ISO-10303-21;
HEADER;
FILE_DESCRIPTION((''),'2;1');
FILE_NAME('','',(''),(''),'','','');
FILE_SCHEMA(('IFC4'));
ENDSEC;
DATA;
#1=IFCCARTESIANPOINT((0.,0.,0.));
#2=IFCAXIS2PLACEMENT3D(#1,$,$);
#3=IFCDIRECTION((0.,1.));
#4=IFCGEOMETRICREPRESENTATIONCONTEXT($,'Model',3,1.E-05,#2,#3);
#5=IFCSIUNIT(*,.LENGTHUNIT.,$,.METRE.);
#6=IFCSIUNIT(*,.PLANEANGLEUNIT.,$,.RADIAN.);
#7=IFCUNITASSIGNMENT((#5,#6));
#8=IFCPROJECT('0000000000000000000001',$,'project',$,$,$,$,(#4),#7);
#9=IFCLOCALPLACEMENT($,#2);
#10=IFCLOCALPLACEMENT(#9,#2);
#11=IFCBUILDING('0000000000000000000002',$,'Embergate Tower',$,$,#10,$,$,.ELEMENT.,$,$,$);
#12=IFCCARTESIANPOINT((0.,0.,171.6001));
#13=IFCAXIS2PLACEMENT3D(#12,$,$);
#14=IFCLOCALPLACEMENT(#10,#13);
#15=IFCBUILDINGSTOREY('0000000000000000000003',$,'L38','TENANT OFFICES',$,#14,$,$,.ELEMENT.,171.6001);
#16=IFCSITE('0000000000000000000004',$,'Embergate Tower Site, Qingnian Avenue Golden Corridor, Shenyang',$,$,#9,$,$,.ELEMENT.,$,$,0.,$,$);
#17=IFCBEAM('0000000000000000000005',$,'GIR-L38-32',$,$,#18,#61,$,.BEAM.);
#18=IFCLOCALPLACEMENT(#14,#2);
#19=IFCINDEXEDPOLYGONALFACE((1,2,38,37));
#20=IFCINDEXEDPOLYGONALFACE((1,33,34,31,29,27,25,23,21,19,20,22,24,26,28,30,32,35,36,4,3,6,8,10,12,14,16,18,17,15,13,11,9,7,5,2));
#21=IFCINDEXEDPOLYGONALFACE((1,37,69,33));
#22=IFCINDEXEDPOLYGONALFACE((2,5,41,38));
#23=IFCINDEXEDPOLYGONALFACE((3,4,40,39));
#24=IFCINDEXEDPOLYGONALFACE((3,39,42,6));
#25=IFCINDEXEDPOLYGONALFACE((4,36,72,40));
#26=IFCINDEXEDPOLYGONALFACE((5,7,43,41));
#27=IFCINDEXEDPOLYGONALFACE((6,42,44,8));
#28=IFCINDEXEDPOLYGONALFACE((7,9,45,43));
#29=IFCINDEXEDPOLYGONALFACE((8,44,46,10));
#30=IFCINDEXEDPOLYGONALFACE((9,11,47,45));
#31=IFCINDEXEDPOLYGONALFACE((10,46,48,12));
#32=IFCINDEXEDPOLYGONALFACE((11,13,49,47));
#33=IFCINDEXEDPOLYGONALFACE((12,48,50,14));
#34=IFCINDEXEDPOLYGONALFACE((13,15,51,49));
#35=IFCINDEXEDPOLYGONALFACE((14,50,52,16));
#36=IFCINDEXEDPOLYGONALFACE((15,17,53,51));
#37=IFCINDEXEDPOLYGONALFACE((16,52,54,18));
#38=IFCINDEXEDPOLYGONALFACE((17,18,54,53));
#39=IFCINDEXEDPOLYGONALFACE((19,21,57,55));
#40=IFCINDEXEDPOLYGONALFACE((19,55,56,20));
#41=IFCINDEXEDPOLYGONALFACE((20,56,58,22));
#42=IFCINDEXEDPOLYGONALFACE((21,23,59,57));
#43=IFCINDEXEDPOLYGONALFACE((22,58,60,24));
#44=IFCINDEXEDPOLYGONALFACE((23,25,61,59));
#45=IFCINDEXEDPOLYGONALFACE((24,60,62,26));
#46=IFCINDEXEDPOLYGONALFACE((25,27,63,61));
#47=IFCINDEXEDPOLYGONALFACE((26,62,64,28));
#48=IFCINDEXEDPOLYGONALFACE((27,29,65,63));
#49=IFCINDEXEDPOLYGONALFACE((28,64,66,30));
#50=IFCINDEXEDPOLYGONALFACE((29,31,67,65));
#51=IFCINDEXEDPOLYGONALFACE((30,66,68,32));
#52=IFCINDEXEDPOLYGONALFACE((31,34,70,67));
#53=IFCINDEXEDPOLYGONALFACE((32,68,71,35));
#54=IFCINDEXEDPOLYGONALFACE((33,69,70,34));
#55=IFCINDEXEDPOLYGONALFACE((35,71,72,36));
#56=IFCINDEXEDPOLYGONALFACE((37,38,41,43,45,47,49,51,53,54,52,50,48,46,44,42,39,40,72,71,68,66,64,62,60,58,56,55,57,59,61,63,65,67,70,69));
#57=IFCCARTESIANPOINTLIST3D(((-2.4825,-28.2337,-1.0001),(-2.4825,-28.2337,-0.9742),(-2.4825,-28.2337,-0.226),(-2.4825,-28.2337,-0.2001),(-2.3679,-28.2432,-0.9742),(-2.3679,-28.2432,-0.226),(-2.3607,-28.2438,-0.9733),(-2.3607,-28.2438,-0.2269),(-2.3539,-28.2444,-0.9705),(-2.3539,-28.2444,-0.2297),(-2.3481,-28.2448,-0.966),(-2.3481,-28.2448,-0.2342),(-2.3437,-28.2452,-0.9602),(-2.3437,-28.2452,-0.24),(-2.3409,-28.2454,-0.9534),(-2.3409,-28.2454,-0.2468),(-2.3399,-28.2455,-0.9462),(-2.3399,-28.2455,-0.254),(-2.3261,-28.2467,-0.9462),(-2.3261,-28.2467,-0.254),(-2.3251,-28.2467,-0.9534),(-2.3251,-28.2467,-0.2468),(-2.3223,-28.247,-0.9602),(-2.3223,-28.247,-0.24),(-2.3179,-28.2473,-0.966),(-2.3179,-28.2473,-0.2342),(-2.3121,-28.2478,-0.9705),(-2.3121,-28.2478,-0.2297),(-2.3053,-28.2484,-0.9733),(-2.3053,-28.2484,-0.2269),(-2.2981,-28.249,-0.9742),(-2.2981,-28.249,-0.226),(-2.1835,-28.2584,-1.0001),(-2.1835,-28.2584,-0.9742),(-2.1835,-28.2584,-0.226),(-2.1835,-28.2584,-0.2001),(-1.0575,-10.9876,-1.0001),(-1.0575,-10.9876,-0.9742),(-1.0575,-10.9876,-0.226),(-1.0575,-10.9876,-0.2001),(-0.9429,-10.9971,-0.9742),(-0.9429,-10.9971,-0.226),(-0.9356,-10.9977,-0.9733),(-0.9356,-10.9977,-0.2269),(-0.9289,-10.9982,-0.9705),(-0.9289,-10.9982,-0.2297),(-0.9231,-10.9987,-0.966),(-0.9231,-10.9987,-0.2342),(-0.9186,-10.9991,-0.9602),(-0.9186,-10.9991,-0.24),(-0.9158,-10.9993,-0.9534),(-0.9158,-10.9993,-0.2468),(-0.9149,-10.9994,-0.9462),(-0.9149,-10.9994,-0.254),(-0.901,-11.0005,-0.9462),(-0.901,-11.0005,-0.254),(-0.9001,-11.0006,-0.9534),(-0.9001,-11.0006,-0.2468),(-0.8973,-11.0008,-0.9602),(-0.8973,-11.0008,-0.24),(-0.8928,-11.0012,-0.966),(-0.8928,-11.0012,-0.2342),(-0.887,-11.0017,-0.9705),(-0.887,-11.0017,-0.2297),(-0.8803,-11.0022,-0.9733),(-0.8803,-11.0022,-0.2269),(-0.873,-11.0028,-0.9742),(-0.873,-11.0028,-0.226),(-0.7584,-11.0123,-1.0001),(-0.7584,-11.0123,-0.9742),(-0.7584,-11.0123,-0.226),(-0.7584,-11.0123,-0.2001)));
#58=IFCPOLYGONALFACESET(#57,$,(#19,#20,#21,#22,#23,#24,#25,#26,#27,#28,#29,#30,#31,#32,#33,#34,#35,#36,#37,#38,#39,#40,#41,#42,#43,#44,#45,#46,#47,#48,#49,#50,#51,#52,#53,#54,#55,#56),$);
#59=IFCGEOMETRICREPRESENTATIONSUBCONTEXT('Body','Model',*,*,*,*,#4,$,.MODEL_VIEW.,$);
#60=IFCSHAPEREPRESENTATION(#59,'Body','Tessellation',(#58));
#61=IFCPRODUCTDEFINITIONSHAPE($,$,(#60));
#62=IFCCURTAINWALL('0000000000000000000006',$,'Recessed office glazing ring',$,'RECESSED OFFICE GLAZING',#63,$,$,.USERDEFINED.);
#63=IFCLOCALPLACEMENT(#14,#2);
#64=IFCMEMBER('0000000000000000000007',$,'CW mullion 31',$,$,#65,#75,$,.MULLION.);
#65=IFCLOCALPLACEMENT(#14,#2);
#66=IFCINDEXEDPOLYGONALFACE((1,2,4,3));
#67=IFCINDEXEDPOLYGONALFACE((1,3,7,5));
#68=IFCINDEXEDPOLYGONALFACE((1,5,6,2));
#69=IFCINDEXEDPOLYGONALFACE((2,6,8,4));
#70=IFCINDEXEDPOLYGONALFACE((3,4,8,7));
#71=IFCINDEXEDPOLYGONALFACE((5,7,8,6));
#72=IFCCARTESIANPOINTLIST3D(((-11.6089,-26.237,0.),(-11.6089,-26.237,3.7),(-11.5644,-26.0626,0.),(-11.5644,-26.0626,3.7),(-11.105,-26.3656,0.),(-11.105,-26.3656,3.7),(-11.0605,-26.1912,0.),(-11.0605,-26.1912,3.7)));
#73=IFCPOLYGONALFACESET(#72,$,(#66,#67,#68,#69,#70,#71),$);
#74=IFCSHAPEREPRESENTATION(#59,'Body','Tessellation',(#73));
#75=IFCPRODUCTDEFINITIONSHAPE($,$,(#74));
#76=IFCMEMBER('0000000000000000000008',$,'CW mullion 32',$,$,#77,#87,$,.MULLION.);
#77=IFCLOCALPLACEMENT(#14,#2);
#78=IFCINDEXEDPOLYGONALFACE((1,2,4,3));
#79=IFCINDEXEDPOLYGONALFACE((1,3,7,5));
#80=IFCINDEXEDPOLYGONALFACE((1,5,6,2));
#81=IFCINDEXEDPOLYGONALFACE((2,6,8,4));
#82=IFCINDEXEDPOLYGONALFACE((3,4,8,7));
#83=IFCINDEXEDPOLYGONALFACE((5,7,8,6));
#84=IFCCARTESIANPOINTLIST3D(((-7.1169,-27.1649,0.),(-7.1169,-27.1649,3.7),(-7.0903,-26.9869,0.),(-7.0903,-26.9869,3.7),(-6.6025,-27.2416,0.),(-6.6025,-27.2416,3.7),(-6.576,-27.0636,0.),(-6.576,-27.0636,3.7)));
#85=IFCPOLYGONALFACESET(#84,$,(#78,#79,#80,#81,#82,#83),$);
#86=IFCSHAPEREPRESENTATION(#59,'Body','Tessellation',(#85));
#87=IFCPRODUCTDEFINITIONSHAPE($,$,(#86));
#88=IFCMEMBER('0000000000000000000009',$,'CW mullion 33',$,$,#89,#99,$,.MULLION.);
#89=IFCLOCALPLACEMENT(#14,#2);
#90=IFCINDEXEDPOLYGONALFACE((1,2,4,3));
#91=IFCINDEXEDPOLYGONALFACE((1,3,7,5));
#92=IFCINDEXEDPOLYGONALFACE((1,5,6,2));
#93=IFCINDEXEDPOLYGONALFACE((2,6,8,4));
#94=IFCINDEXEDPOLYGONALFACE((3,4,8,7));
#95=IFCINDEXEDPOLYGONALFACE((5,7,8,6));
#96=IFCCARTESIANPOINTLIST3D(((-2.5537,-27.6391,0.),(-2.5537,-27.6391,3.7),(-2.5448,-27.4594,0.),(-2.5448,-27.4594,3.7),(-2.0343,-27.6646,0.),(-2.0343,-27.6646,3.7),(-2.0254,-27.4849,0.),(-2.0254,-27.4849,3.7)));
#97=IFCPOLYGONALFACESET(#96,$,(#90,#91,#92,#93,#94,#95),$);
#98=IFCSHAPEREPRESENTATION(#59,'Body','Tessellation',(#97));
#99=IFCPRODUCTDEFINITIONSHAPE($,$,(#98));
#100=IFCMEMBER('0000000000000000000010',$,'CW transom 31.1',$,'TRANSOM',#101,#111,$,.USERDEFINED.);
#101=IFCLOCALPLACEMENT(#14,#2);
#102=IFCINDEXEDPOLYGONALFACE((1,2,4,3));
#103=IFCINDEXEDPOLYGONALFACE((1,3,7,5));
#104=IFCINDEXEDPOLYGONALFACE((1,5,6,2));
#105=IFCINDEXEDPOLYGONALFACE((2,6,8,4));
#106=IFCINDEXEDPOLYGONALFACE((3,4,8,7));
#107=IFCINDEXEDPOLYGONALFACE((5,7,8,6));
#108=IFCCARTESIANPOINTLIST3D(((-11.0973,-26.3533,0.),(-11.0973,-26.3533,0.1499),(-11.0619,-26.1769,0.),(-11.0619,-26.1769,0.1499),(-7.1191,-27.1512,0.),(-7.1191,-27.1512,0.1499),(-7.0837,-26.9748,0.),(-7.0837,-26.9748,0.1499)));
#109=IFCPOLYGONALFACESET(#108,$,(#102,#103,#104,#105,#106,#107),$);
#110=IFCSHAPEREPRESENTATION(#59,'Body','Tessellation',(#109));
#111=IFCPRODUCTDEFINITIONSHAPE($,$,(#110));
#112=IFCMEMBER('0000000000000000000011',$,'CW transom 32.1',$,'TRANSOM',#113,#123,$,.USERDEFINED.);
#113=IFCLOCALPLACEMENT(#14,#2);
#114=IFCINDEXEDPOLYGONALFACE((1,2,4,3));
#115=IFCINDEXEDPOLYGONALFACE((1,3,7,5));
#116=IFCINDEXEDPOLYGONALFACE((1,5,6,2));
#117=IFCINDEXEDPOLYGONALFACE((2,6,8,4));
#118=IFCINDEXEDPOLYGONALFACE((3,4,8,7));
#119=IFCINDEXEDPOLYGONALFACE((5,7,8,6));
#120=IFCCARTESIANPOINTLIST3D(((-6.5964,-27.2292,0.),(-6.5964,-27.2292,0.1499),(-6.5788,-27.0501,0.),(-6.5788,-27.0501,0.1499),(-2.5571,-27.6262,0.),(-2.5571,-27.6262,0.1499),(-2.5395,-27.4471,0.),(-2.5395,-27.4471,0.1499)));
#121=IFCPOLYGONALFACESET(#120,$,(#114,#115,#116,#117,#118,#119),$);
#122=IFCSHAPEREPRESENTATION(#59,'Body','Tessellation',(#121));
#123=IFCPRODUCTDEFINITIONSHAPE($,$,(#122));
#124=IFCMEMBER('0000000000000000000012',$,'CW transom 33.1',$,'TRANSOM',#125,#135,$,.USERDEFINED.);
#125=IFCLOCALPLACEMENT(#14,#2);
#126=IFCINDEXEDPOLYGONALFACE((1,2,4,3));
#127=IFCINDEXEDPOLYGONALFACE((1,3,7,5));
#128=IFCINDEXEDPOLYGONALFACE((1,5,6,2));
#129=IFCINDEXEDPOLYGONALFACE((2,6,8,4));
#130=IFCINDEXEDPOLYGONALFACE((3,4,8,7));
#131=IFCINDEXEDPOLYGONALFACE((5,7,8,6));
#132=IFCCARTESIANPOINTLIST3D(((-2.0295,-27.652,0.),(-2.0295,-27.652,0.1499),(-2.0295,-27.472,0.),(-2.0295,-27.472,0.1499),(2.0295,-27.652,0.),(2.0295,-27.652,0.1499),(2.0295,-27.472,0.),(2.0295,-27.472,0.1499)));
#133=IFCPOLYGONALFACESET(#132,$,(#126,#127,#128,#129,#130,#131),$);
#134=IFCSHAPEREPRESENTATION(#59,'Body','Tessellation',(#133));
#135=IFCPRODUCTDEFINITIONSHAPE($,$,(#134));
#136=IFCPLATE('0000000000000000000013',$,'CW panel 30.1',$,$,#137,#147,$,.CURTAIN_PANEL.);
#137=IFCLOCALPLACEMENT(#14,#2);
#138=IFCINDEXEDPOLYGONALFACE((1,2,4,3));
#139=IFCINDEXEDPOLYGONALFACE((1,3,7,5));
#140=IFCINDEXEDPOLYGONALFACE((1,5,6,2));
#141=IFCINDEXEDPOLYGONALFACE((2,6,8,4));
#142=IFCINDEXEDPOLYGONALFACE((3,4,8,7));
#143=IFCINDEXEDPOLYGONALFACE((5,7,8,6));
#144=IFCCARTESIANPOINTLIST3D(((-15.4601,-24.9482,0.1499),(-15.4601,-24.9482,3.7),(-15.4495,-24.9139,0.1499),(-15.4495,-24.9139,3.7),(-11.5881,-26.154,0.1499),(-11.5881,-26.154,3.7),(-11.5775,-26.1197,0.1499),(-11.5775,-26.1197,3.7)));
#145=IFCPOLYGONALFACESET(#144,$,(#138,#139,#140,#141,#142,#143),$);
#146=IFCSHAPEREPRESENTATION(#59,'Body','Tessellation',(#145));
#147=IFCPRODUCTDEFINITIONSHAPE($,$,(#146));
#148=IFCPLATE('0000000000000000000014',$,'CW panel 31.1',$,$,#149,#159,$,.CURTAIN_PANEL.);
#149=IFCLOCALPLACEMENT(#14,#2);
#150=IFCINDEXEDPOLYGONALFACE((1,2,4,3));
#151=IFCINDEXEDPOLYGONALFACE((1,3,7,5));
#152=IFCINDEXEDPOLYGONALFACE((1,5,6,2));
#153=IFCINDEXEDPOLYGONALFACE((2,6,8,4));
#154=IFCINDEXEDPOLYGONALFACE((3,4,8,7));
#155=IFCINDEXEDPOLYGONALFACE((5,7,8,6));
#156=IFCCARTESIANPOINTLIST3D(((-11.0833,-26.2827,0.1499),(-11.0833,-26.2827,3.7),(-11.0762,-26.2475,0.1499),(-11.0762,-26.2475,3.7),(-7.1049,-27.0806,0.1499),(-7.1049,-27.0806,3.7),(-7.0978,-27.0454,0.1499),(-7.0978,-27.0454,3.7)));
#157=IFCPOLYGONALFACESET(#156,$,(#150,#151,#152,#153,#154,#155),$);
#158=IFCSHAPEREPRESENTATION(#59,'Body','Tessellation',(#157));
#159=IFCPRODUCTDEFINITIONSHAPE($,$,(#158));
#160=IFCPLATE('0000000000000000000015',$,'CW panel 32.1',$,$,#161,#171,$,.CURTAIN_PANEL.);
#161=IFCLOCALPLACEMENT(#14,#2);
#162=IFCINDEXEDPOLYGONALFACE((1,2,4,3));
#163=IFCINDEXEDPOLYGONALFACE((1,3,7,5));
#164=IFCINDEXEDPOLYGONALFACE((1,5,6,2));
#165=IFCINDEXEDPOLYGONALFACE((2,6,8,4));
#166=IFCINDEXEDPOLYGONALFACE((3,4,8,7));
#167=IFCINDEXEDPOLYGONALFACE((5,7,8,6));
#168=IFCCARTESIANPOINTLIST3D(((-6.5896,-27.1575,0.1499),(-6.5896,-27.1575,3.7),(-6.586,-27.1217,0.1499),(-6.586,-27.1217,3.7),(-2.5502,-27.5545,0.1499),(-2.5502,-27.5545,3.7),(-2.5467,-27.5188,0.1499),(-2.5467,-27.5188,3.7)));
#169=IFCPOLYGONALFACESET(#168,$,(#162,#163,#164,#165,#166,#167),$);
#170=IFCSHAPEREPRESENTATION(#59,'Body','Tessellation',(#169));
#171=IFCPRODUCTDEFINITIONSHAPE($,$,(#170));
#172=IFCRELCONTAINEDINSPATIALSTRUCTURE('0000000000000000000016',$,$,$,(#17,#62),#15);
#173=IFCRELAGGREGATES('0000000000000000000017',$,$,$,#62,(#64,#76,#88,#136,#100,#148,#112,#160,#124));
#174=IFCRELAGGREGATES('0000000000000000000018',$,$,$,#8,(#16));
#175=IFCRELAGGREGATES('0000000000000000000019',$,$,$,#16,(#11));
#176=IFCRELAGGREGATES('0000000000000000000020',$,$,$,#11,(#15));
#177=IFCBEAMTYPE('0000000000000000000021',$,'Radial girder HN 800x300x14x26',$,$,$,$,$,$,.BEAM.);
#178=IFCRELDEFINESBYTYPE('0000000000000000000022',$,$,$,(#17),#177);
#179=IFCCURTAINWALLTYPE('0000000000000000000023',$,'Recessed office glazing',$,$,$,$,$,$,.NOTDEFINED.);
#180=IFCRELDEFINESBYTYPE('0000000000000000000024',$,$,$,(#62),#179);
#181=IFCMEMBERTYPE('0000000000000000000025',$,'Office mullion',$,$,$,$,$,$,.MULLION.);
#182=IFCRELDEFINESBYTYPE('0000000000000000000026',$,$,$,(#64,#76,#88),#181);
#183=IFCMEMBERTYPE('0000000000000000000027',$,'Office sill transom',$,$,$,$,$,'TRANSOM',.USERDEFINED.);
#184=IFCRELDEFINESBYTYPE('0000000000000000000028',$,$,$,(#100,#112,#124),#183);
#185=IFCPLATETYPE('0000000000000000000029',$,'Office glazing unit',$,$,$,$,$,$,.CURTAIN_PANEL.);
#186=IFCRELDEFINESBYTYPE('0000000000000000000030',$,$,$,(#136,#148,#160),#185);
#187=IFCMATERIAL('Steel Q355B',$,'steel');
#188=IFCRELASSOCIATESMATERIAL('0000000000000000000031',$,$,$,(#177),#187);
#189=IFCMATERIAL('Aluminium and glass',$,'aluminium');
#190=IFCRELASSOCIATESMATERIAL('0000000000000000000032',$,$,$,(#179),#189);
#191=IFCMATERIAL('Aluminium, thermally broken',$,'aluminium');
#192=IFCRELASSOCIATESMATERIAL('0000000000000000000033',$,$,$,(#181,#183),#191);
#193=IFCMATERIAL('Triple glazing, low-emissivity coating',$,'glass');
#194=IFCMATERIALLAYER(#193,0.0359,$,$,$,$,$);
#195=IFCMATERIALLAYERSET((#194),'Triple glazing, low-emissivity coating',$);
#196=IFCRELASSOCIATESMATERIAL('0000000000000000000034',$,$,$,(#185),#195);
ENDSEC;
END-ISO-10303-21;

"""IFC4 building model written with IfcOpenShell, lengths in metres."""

from ifc_helpers import new_model, si_unit, direction, frame, origin, origin_2d, place, context, subcontext, project, spatial, rectangle, i_section, extrude, source, transform, mapped, material, layer, layer_set, material_profile, profile_set, type_object, element, aggregate, save


model = new_model("IFC4")

# Units and contexts
model_context = context("Model", 3, precision=1e-05, world=origin(), true_north=direction((0.0, 1.0)))
body_context = subcontext(model_context, "Body", "Model", "MODEL_VIEW")
ifc_project = project(units=[si_unit("LENGTHUNIT", "METRE"), si_unit("PLANEANGLEUNIT", "RADIAN")], contexts=[model_context])

# Site, building, storey
site_placement = place(None, origin())
site = spatial("IfcSite", under=ifc_project, at=site_placement, Name="Embergate Tower Site, Qingnian Avenue Golden Corridor, Shenyang", CompositionType="ELEMENT", RefElevation=0.0)
building_placement = place(site_placement, origin())
building = spatial("IfcBuilding", under=site, at=building_placement, Name="Embergate Tower", CompositionType="ELEMENT")
storey_placement = place(building_placement, frame((0.0, 0.0, 171.6001)))
storey = spatial("IfcBuildingStorey", under=building, at=storey_placement, Name="L38", Description="TENANT OFFICES", CompositionType="ELEMENT", Elevation=171.6001)

# Beam
ifc_material_1 = material(Name="Steel Q355B", Category="steel")
ifc_material_profile_1 = material_profile(ifc_material_1, i_section(OverallWidth=0.3, OverallDepth=0.8, WebThickness=0.0139, FlangeThickness=0.0259, FilletRadius=0.0281, at=origin_2d()), Name="HN 800x300x14x26")
ifc_profile_set_1 = profile_set([ifc_material_profile_1], Name="Steel Q355 grade B")
beam_type_1 = type_object("IfcBeamType", Name="Radial girder HN 800x300x14x26", PredefinedType="BEAM", material=ifc_profile_set_1)
shared_shape_1 = source(origin(), body_context, "Body", "SweptSolid", [
    extrude(i_section(OverallWidth=0.3, OverallDepth=0.8, WebThickness=0.0139, FlangeThickness=0.0259, FilletRadius=0.0281, at=origin_2d()), origin(), (0.0, 0.0, 1.0), 17.3049),
])
beam_1_placement = place(storey_placement, frame((-2.333, -28.2461, -0.6001), z_axis=(0.08235, 0.996604, 0.0), x_axis=(-0.996604, 0.08235, 0.0)))
element("IfcBeam", 1, at=beam_1_placement, inside=storey, type_object=beam_type_1, Name="GIR-L38-32", PredefinedType="BEAM", context=body_context, shape_type="MappedRepresentation", body=[
    mapped(shared_shape_1, transform((0.0, 0.0, 0.0))),
])

# Curtain wall, members
ifc_material_2 = material(Name="Aluminium and glass", Category="aluminium")
curtain_wall_type = type_object("IfcCurtainWallType", Name="Recessed office glazing", PredefinedType="NOTDEFINED", material=ifc_material_2)
curtain_wall_placement = place(storey_placement, origin())
curtain_wall = element("IfcCurtainWall", 2, at=curtain_wall_placement, inside=storey, type_object=curtain_wall_type, Name="Recessed office glazing ring", ObjectType="RECESSED OFFICE GLAZING", PredefinedType="USERDEFINED")
ifc_material_3 = material(Name="Aluminium, thermally broken", Category="aluminium")
ifc_material_profile_2 = material_profile(ifc_material_3, rectangle(XDim=0.1799, YDim=0.52, at=origin_2d()), Name="AL 520x180")
ifc_profile_set_2 = profile_set([ifc_material_profile_2], Name="Aluminium, thermally broken")
member_type_1 = type_object("IfcMemberType", Name="Office mullion", PredefinedType="MULLION", material=ifc_profile_set_2)
shared_shape_2 = source(origin(), body_context, "Body", "SweptSolid", [
    extrude(rectangle(XDim=0.1799, YDim=0.52, at=origin_2d()), origin(), (0.0, 0.0, 1.0), 3.7),
])
member_1_placement = place(storey_placement, frame((-11.3347, -26.2141, 0.0), z_axis=(0.0, 0.0, 1.0), x_axis=(0.247308, 0.968937, 0.0)))
member_1 = element("IfcMember", 3, at=member_1_placement, type_object=member_type_1, Name="CW mullion 31", PredefinedType="MULLION", context=body_context, shape_type="MappedRepresentation", body=[
    mapped(shared_shape_2, transform((0.0, 0.0, 0.0))),
])
member_2_placement = place(storey_placement, frame((-6.8464, -27.1143, 0.0), z_axis=(0.0, 0.0, 1.0), x_axis=(0.147409, 0.989076, 0.0)))
member_2 = element("IfcMember", 4, at=member_2_placement, type_object=member_type_1, Name="CW mullion 32", PredefinedType="MULLION", context=body_context, shape_type="MappedRepresentation", body=[
    mapped(shared_shape_2, transform((0.0, 0.0, 0.0))),
])
member_3_placement = place(storey_placement, frame((-2.2896, -27.562, 0.0), z_axis=(0.0, 0.0, 1.0), x_axis=(0.04897, 0.9988, 0.0)))
member_3 = element("IfcMember", 5, at=member_3_placement, type_object=member_type_1, Name="CW mullion 33", PredefinedType="MULLION", context=body_context, shape_type="MappedRepresentation", body=[
    mapped(shared_shape_2, transform((0.0, 0.0, 0.0))),
])
ifc_material_profile_3 = material_profile(ifc_material_3, rectangle(XDim=0.1799, YDim=0.1499, at=origin_2d()), Name="AL 150x180")
ifc_profile_set_3 = profile_set([ifc_material_profile_3], Name="Aluminium, thermally broken")
member_type_2 = type_object("IfcMemberType", Name="Office sill transom", ElementType="TRANSOM", PredefinedType="USERDEFINED", material=ifc_profile_set_3)
shared_shape_3 = source(origin(), body_context, "Body", "SweptSolid", [
    extrude(rectangle(XDim=0.1799, YDim=0.1499, at=origin_2d()), origin(), (0.0, 0.0, 1.0), 4.0574),
])
member_4_placement = place(storey_placement, frame((-11.0796, -26.2651, 0.075), z_axis=(0.980476, -0.196637, 0.0), x_axis=(0.196637, 0.980476, 0.0)))
member_4 = element("IfcMember", 6, at=member_4_placement, type_object=member_type_2, Name="CW transom 31.1", ObjectType="TRANSOM", PredefinedType="USERDEFINED", context=body_context, shape_type="MappedRepresentation", body=[
    mapped(shared_shape_3, transform((0.0, 0.0, 0.0))),
])
shared_shape_4 = source(origin(), body_context, "Body", "SweptSolid", [
    extrude(rectangle(XDim=0.1799, YDim=0.1499, at=origin_2d()), origin(), (0.0, 0.0, 1.0), 4.0588),
])
member_5_placement = place(storey_placement, frame((-6.5876, -27.1396, 0.075), z_axis=(0.995205, -0.097806, 0.0), x_axis=(0.097806, 0.995205, 0.0)))
member_5 = element("IfcMember", 7, at=member_5_placement, type_object=member_type_2, Name="CW transom 32.1", ObjectType="TRANSOM", PredefinedType="USERDEFINED", context=body_context, shape_type="MappedRepresentation", body=[
    mapped(shared_shape_4, transform((0.0, 0.0, 0.0))),
])
shared_shape_5 = source(origin(), body_context, "Body", "SweptSolid", [
    extrude(rectangle(XDim=0.1799, YDim=0.1499, at=origin_2d()), origin(), (0.0, 0.0, 1.0), 4.0591),
])
member_6_placement = place(storey_placement, frame((-2.0295, -27.562, 0.075), z_axis=(1.0, 0.0, 0.0), x_axis=(0.0, 1.0, 0.0)))
member_6 = element("IfcMember", 8, at=member_6_placement, type_object=member_type_2, Name="CW transom 33.1", ObjectType="TRANSOM", PredefinedType="USERDEFINED", context=body_context, shape_type="MappedRepresentation", body=[
    mapped(shared_shape_5, transform((0.0, 0.0, 0.0))),
])

# Plates
ifc_material_4 = material(Name="Triple glazing, low-emissivity coating", Category="glass")
ifc_layer_1 = layer(ifc_material_4, 0.0359)
ifc_layer_set_1 = layer_set([ifc_layer_1], Name="Triple glazing, low-emissivity coating")
plate_type = type_object("IfcPlateType", Name="Office glazing unit", PredefinedType="CURTAIN_PANEL", material=ifc_layer_set_1)
shared_shape_6 = source(origin(), body_context, "Body", "SweptSolid", [
    extrude(rectangle(XDim=4.0554, YDim=0.0359, at=origin_2d()), origin(), (0.0, 0.0, 1.0), 3.55),
])
plate_1_placement = place(storey_placement, frame((-13.5188, -25.5339, 0.1499), z_axis=(0.0, 0.0, 1.0), x_axis=(0.954773, -0.297335, 0.0)))
plate_1 = element("IfcPlate", 9, at=plate_1_placement, type_object=plate_type, Name="CW panel 30.1", PredefinedType="CURTAIN_PANEL", context=body_context, shape_type="MappedRepresentation", body=[
    mapped(shared_shape_6, transform((0.0, 0.0, 0.0))),
])
shared_shape_7 = source(origin(), body_context, "Body", "SweptSolid", [
    extrude(rectangle(XDim=4.0576, YDim=0.0359, at=origin_2d()), origin(), (0.0, 0.0, 1.0), 3.55),
])
plate_2_placement = place(storey_placement, frame((-9.0906, -26.6641, 0.1499), z_axis=(0.0, 0.0, 1.0), x_axis=(0.980476, -0.196638, 0.0)))
plate_2 = element("IfcPlate", 10, at=plate_2_placement, type_object=plate_type, Name="CW panel 31.1", PredefinedType="CURTAIN_PANEL", context=body_context, shape_type="MappedRepresentation", body=[
    mapped(shared_shape_7, transform((0.0, 0.0, 0.0))),
])
shared_shape_8 = source(origin(), body_context, "Body", "SweptSolid", [
    extrude(rectangle(XDim=4.0588, YDim=0.0359, at=origin_2d()), origin(), (0.0, 0.0, 1.0), 3.55),
])
plate_3_placement = place(storey_placement, frame((-4.5681, -27.3381, 0.1499), z_axis=(0.0, 0.0, 1.0), x_axis=(0.995203, -0.097828, 0.0)))
plate_3 = element("IfcPlate", 11, at=plate_3_placement, type_object=plate_type, Name="CW panel 32.1", PredefinedType="CURTAIN_PANEL", context=body_context, shape_type="MappedRepresentation", body=[
    mapped(shared_shape_8, transform((0.0, 0.0, 0.0))),
])
aggregate(curtain_wall, [member_1, member_2, member_3, plate_1, member_4, plate_2, member_5, plate_3, member_6])

save(model, "model.ifc")
